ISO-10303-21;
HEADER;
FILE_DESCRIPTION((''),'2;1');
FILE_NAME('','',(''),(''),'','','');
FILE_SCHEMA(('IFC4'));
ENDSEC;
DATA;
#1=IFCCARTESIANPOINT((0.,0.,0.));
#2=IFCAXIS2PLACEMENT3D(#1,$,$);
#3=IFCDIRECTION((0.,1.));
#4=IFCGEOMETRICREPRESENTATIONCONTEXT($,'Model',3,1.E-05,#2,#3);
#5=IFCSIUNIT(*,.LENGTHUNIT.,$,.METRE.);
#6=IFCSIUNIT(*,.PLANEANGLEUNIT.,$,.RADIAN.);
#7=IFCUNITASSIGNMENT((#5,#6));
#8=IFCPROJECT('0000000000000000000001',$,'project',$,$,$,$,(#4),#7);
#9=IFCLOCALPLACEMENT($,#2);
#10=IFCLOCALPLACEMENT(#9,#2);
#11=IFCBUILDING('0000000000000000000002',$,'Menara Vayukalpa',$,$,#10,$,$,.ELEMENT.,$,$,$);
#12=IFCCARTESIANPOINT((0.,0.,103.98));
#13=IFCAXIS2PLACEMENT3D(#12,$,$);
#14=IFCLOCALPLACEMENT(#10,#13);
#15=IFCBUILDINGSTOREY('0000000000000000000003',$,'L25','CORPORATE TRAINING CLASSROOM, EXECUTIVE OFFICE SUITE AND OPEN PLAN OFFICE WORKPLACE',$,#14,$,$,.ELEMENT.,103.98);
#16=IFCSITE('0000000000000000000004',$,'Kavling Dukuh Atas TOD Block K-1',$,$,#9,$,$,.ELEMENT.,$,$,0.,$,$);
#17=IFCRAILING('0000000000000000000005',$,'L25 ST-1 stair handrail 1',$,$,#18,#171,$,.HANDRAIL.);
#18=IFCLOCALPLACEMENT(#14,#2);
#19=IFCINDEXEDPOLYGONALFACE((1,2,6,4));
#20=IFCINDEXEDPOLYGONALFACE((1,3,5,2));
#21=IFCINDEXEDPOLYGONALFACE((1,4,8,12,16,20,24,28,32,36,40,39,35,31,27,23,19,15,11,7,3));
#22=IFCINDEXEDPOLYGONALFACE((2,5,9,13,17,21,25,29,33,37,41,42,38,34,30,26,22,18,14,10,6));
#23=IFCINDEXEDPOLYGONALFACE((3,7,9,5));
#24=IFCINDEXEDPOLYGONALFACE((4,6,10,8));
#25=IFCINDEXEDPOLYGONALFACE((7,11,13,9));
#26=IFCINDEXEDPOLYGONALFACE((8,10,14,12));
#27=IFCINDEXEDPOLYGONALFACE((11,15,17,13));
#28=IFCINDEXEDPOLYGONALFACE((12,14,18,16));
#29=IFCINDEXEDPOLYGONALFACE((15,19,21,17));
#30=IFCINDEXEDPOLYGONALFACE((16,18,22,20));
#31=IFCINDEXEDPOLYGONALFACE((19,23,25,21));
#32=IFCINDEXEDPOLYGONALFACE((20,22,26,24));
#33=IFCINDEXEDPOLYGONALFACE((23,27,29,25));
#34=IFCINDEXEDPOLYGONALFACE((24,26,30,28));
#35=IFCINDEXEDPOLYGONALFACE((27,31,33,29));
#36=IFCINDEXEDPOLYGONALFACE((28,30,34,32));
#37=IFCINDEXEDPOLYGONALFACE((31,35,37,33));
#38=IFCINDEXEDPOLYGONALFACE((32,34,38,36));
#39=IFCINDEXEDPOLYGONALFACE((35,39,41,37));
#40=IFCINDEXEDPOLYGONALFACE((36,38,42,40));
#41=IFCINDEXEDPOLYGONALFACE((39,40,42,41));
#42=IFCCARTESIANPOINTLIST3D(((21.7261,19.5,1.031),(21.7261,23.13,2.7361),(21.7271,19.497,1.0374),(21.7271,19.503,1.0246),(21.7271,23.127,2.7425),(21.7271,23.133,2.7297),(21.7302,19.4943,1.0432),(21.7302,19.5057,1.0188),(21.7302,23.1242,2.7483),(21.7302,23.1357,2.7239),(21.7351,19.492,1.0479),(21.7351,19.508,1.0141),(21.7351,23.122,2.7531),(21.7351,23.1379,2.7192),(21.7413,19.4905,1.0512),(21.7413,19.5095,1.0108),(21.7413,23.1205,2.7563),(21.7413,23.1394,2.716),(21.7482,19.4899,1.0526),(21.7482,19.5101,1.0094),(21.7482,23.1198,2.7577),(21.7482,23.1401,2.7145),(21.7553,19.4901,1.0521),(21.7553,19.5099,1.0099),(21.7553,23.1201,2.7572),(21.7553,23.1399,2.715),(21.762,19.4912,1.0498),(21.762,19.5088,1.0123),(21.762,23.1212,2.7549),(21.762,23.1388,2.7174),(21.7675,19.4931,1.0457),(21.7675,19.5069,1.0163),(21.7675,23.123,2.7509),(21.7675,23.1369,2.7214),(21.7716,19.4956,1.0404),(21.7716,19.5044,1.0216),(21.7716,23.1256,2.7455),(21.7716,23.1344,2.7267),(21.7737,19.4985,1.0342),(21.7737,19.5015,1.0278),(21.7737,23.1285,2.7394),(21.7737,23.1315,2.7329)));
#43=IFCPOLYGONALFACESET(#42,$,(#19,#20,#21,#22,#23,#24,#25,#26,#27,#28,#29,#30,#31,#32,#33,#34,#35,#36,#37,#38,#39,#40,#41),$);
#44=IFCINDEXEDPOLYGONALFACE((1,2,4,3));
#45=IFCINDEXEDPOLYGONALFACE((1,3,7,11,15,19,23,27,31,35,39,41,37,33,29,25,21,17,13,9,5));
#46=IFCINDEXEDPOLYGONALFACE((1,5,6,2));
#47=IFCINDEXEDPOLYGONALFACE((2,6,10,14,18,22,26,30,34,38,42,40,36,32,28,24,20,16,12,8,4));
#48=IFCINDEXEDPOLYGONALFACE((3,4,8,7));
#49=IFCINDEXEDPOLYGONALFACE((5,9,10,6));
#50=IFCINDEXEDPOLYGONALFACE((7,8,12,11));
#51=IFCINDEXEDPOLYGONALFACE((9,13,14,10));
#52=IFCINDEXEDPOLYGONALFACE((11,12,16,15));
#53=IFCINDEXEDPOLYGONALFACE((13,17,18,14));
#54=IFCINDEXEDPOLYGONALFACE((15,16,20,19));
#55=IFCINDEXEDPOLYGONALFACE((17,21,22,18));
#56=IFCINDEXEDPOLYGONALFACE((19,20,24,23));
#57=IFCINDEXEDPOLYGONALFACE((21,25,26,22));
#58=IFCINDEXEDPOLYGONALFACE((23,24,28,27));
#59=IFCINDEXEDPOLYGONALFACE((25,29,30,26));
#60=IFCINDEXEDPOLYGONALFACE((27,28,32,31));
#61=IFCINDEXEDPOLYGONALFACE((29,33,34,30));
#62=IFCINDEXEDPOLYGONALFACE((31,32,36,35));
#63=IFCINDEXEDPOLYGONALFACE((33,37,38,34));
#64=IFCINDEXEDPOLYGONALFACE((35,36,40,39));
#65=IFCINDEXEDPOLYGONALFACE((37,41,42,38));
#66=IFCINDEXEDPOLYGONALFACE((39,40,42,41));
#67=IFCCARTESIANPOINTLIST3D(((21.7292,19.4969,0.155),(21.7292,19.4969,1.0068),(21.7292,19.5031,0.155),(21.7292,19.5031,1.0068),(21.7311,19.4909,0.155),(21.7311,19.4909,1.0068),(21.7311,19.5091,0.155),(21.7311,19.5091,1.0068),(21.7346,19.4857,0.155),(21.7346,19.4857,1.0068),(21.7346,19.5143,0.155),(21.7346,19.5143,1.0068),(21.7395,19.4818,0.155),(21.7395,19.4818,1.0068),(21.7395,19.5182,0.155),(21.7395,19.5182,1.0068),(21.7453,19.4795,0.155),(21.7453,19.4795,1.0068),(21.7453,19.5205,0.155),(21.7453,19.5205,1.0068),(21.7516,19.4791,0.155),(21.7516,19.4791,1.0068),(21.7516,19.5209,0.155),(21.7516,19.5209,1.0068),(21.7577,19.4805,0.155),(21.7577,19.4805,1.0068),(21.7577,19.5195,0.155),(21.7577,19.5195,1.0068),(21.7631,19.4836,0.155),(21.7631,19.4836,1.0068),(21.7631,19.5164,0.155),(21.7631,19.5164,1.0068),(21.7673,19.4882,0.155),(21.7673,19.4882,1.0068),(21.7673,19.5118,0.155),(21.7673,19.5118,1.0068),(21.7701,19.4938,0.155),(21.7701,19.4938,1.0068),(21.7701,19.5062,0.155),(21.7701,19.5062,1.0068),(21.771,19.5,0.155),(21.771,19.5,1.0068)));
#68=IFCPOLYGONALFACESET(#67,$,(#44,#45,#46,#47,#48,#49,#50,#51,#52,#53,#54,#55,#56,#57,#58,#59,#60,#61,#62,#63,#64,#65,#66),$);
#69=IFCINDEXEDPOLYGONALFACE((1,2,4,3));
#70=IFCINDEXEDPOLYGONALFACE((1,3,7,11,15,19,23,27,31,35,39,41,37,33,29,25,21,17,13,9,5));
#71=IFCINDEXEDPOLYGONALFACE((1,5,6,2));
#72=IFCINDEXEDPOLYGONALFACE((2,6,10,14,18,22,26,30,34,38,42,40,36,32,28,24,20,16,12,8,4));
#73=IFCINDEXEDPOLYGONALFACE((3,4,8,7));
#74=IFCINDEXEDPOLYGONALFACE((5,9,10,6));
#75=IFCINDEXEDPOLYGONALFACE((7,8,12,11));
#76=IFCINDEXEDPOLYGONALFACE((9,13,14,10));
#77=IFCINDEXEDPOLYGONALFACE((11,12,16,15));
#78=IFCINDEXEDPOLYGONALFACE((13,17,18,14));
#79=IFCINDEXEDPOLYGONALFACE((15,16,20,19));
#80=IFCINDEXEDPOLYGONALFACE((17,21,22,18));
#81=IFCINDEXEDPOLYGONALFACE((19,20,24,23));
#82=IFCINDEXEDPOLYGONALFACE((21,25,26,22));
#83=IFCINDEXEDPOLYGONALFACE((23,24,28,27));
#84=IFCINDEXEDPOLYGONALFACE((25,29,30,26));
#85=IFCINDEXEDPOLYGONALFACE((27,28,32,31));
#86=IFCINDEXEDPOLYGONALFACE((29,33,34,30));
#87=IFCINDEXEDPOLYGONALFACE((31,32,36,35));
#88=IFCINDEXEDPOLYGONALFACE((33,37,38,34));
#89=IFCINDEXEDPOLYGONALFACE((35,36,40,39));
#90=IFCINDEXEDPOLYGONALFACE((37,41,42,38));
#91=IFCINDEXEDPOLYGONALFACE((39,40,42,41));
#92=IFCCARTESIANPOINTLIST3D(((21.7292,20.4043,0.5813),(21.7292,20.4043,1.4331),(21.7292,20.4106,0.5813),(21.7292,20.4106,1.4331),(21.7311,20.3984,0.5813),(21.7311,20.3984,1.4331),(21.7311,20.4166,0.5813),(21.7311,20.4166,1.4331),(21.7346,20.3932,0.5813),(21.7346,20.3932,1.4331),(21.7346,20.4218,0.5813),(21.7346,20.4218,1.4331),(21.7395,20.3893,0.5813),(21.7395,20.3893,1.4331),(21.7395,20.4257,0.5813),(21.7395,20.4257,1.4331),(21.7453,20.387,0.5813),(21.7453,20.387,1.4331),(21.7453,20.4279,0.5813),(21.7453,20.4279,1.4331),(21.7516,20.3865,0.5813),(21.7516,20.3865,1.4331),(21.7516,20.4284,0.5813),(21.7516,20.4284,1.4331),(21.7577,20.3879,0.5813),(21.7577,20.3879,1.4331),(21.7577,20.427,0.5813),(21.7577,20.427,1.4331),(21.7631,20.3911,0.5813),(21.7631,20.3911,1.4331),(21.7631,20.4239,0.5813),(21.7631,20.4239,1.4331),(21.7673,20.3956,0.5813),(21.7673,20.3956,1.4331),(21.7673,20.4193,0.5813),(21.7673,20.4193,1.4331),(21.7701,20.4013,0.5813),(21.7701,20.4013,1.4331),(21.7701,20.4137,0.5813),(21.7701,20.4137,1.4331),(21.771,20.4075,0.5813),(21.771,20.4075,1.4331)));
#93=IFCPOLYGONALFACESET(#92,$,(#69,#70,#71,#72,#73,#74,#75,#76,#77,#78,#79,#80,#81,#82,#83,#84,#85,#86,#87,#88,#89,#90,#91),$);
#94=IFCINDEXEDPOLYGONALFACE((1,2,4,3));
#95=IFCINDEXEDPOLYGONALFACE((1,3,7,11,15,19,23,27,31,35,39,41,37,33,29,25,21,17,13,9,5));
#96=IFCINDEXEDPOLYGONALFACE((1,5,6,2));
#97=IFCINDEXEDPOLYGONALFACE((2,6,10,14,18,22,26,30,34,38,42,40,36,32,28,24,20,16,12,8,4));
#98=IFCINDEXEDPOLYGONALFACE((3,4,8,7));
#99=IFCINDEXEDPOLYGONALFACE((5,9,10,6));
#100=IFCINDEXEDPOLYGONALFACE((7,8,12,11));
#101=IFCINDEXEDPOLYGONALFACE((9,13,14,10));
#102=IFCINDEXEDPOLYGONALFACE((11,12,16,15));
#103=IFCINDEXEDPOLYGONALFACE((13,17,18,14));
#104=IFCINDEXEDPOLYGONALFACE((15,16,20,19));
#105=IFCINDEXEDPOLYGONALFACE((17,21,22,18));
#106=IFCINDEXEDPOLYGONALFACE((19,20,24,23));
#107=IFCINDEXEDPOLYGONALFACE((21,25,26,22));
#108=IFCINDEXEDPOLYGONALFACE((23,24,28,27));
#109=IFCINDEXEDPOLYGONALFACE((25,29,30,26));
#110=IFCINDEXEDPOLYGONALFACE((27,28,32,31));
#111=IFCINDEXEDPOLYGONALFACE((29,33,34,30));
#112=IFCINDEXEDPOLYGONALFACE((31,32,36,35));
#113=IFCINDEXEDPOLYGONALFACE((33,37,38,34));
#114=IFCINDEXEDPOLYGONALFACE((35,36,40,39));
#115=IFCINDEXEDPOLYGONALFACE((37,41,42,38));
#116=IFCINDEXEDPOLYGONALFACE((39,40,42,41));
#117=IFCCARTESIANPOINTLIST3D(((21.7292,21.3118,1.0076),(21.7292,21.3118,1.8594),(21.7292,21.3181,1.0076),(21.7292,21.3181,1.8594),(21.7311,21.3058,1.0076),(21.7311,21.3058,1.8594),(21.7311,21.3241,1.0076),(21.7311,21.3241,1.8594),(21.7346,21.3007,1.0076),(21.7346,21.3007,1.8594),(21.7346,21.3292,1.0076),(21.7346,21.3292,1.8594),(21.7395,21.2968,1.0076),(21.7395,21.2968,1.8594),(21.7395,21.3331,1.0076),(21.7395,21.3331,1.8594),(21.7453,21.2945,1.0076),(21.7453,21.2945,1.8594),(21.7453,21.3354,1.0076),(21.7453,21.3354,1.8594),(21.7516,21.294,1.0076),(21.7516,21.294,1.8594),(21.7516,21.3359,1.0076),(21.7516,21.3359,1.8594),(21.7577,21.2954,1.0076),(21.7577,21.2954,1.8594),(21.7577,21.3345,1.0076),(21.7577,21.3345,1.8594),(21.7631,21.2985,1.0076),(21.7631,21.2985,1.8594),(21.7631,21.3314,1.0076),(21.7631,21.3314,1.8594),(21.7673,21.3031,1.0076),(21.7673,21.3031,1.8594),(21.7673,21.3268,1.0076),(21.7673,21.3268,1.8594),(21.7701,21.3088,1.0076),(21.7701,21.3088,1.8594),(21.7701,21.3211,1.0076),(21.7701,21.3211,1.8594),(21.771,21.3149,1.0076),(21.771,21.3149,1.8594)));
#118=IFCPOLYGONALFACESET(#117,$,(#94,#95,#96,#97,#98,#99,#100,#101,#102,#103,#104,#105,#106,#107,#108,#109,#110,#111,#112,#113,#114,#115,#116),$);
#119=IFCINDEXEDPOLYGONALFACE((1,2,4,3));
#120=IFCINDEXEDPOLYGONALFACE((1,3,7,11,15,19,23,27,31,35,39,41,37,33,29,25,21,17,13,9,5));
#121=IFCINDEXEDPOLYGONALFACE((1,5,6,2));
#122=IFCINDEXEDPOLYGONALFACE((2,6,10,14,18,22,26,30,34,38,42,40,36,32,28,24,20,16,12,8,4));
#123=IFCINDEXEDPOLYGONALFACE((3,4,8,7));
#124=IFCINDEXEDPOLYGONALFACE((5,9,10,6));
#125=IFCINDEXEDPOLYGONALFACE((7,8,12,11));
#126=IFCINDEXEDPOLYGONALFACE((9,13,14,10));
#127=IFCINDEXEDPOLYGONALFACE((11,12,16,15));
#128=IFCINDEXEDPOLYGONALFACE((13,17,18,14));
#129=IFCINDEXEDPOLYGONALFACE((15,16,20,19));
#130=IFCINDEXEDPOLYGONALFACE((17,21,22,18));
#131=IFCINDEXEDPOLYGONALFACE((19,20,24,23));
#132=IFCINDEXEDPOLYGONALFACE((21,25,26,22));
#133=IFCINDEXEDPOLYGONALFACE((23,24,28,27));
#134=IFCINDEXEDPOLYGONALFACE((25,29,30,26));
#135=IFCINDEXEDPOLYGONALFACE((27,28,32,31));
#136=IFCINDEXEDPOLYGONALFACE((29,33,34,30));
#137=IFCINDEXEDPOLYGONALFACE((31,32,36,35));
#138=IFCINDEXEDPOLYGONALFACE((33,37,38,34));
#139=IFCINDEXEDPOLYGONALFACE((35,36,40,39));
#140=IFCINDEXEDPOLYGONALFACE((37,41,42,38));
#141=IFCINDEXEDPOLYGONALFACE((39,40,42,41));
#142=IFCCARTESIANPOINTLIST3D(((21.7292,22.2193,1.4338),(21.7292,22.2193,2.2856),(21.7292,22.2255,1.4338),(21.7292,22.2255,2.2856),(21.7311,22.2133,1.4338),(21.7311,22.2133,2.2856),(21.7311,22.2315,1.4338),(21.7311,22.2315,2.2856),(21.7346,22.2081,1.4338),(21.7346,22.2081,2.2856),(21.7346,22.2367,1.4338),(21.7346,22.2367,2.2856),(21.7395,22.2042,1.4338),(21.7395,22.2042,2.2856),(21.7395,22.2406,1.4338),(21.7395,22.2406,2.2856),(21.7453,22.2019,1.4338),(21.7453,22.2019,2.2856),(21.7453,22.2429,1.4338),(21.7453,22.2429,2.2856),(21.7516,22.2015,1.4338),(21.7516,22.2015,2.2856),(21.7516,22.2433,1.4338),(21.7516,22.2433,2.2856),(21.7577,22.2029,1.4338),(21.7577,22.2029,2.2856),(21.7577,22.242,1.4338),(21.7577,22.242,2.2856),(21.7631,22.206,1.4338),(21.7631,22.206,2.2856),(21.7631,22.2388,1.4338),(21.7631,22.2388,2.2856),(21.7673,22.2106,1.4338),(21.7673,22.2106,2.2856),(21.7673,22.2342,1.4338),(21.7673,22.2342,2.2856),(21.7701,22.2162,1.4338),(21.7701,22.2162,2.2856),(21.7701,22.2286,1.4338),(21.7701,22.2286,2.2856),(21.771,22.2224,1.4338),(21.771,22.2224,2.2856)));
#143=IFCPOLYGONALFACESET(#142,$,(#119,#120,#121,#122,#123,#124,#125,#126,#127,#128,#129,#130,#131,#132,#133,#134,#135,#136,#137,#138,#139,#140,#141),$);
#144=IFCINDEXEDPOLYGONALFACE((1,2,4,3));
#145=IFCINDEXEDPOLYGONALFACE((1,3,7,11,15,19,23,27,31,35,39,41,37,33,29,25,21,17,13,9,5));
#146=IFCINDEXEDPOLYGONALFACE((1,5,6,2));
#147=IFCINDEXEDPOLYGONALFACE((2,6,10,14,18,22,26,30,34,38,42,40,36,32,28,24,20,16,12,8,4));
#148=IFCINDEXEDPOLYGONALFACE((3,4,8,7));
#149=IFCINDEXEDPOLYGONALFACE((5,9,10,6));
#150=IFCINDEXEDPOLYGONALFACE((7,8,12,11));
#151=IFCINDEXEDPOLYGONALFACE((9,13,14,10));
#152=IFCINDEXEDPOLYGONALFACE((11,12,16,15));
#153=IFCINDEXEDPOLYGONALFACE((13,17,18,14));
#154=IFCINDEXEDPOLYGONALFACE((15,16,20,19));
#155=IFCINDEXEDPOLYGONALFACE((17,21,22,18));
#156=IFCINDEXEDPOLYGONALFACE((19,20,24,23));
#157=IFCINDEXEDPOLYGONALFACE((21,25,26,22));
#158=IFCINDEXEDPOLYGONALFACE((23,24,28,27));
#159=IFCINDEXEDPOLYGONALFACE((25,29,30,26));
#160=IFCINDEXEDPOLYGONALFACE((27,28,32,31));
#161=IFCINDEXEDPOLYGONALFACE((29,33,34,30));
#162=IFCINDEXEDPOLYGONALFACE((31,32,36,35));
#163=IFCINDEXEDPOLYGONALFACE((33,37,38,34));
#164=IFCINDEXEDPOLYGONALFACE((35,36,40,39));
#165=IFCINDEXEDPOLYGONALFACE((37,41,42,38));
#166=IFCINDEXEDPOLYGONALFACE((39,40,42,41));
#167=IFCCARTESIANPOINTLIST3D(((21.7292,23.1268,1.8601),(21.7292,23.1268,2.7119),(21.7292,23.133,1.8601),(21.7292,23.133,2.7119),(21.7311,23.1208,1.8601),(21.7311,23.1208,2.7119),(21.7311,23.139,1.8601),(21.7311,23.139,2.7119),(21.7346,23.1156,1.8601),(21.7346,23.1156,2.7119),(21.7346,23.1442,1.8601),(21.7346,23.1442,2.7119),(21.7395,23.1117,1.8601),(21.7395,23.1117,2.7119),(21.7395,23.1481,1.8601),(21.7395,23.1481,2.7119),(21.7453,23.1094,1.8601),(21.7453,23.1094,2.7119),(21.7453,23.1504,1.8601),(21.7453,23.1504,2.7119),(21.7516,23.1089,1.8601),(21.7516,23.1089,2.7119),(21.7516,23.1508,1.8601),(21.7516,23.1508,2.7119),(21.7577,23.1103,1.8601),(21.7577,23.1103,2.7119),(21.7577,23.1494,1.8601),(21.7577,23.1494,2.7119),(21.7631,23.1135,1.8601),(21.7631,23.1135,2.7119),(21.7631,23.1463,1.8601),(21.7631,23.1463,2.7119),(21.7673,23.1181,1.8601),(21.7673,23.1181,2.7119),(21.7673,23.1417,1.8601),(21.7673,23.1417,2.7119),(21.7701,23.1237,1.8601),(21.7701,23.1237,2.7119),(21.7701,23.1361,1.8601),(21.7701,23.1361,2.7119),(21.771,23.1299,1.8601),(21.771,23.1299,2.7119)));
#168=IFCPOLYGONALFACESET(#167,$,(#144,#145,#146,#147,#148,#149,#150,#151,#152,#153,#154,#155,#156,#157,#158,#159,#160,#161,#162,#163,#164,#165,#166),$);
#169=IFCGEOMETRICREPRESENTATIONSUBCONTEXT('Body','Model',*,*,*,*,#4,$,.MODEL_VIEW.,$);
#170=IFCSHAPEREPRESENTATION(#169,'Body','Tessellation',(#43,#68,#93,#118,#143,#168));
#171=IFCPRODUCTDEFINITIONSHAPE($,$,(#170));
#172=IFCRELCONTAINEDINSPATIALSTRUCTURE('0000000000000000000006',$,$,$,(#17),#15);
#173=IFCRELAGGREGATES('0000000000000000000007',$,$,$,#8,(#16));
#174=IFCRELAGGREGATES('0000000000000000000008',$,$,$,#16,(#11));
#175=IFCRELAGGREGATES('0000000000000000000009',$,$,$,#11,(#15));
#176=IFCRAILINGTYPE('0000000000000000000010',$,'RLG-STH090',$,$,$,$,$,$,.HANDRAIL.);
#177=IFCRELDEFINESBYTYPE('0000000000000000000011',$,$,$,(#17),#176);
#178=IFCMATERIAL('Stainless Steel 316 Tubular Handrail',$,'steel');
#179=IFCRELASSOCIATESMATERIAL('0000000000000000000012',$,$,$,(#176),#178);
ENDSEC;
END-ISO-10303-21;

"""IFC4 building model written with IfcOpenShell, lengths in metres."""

from ifc_helpers import new_model, si_unit, direction, frame, origin, origin_2d, place, context, subcontext, project, spatial, circle, extrude, material, type_object, element, save


model = new_model("IFC4")

# Units and contexts
model_context = context("Model", 3, precision=1e-05, world=origin(), true_north=direction((0.0, 1.0)))
body_context = subcontext(model_context, "Body", "Model", "MODEL_VIEW")
ifc_project = project(units=[si_unit("LENGTHUNIT", "METRE"), si_unit("PLANEANGLEUNIT", "RADIAN")], contexts=[model_context])

# Site, building, storey
site_placement = place(None, origin())
site = spatial("IfcSite", under=ifc_project, at=site_placement, Name="Kavling Dukuh Atas TOD Block K-1", CompositionType="ELEMENT", RefElevation=0.0)
building_placement = place(site_placement, origin())
building = spatial("IfcBuilding", under=site, at=building_placement, Name="Menara Vayukalpa", CompositionType="ELEMENT")
storey_placement = place(building_placement, frame((0.0, 0.0, 103.98)))
storey = spatial("IfcBuildingStorey", under=building, at=storey_placement, Name="L25", Description="CORPORATE TRAINING CLASSROOM, EXECUTIVE OFFICE SUITE AND OPEN PLAN OFFICE WORKPLACE", CompositionType="ELEMENT", Elevation=103.98)

# Railing
ifc_material_1 = material(Name="Stainless Steel 316 Tubular Handrail", Category="steel")
railing_type = type_object("IfcRailingType", Name="RLG-STH090", PredefinedType="HANDRAIL", material=ifc_material_1)
railing_placement = place(storey_placement, frame((21.75, 19.5, 0.155)))
element("IfcRailing", 1, at=railing_placement, inside=storey, type_object=railing_type, Name="L25 ST-1 stair handrail 1", PredefinedType="HANDRAIL", context=body_context, shape_type="SweptSolid", body=[
    extrude(circle(Radius=0.0239, at=origin_2d()), frame((0.0, 0.0, 0.876), z_axis=(0.0, 0.905116, 0.425164), x_axis=(-1.0, 0.0, 0.0)), (0.0, 0.0, 1.0), 4.0105),
    extrude(circle(Radius=0.021, at=origin_2d()), origin(), (0.0, 0.0, 1.0), 0.8518),
    extrude(circle(Radius=0.021, at=origin_2d()), frame((0.0, 0.9075, 0.4263)), (0.0, 0.0, 1.0), 0.8518),
    extrude(circle(Radius=0.021, at=origin_2d()), frame((0.0, 1.8149, 0.8525)), (0.0, 0.0, 1.0), 0.8518),
    extrude(circle(Radius=0.021, at=origin_2d()), frame((0.0, 2.7224, 1.2788)), (0.0, 0.0, 1.0), 0.8518),
    extrude(circle(Radius=0.021, at=origin_2d()), frame((0.0, 3.6299, 1.7051)), (0.0, 0.0, 1.0), 0.8518),
])

save(model, "model.ifc")
